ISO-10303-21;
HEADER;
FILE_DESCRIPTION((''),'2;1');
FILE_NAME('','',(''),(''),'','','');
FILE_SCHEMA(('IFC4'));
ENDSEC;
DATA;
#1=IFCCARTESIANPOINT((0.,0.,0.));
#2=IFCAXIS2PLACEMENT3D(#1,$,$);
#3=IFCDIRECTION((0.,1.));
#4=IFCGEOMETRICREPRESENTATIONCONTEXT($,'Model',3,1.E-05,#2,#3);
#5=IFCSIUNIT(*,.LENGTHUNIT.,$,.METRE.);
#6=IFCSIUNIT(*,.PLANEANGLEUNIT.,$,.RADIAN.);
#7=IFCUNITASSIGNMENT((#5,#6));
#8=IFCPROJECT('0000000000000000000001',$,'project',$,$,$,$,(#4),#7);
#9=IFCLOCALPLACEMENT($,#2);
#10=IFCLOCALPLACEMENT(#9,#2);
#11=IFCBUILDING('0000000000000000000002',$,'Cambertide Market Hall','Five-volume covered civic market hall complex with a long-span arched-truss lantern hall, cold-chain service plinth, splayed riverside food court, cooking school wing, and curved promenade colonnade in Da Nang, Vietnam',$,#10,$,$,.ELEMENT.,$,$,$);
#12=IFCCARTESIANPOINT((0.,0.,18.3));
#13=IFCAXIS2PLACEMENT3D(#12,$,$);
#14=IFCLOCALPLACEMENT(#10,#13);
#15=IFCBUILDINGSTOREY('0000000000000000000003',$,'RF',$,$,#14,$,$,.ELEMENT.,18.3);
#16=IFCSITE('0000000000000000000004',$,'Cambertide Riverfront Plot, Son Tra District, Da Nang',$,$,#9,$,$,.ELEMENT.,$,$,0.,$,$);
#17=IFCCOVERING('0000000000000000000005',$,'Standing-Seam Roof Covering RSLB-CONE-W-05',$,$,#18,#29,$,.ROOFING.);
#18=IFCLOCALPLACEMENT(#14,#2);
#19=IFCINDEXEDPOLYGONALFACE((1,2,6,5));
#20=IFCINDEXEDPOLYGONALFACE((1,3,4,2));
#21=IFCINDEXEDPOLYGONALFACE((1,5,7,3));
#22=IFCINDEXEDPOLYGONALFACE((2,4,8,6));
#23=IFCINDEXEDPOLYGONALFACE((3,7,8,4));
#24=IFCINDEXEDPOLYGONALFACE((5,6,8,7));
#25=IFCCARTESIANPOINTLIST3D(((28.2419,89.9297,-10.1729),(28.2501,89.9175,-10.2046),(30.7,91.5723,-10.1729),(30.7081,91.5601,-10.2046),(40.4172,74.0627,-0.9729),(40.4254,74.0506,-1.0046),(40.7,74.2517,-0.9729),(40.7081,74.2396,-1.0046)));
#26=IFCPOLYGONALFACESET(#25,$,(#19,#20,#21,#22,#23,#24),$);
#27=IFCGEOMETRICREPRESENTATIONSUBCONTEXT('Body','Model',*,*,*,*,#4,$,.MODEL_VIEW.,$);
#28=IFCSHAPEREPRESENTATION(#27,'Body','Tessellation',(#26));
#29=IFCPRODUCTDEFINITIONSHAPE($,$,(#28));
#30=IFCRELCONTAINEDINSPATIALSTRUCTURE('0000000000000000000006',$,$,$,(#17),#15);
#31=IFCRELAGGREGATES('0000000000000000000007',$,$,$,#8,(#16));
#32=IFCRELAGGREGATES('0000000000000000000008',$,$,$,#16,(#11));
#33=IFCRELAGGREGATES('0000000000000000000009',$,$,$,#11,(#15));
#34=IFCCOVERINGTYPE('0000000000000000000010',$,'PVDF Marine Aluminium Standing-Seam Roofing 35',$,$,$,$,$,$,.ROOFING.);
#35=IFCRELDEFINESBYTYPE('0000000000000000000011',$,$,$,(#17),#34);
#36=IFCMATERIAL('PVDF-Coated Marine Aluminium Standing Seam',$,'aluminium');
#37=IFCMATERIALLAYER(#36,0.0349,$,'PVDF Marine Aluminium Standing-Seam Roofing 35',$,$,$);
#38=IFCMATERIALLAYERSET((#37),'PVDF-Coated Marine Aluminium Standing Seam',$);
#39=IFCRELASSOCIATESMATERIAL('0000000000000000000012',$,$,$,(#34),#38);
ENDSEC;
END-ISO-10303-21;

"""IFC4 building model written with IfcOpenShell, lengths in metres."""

from ifc_helpers import new_model, si_unit, direction, frame, origin, place, context, subcontext, project, spatial, polyline, outline, extrude, material, layer, layer_set, type_object, element, save


model = new_model("IFC4")

# Units and contexts
model_context = context("Model", 3, precision=1e-05, world=origin(), true_north=direction((0.0, 1.0)))
body_context = subcontext(model_context, "Body", "Model", "MODEL_VIEW")
ifc_project = project(units=[si_unit("LENGTHUNIT", "METRE"), si_unit("PLANEANGLEUNIT", "RADIAN")], contexts=[model_context])

# Site, building, storey
site_placement = place(None, origin())
site = spatial("IfcSite", under=ifc_project, at=site_placement, Name="Cambertide Riverfront Plot, Son Tra District, Da Nang", CompositionType="ELEMENT", RefElevation=0.0)
building_placement = place(site_placement, origin())
building = spatial("IfcBuilding", under=site, at=building_placement, Name="Cambertide Market Hall", Description="Five-volume covered civic market hall complex with a long-span arched-truss lantern hall, cold-chain service plinth, splayed riverside food court, cooking school wing, and curved promenade colonnade in Da Nang, Vietnam", CompositionType="ELEMENT")
storey_placement = place(building_placement, frame((0.0, 0.0, 18.3)))
storey = spatial("IfcBuildingStorey", under=building, at=storey_placement, Name="RF", CompositionType="ELEMENT", Elevation=18.3)

# Covering
ifc_material_1 = material(Name="PVDF-Coated Marine Aluminium Standing Seam", Category="aluminium")
ifc_layer_1 = layer(ifc_material_1, 0.0349, Name="PVDF Marine Aluminium Standing-Seam Roofing 35")
ifc_layer_set_1 = layer_set([ifc_layer_1], Name="PVDF-Coated Marine Aluminium Standing Seam")
covering_type = type_object("IfcCoveringType", Name="PVDF Marine Aluminium Standing-Seam Roofing 35", PredefinedType="ROOFING", material=ifc_layer_set_1)
covering_1_placement = place(storey_placement, frame((30.7, 91.5723, -10.1729), z_axis=(-0.232608, 0.348075, 0.908151), x_axis=(-0.831439, -0.555616, -0.000004)))
element("IfcCovering", 1, at=covering_1_placement, inside=storey, type_object=covering_type, Name="Standing-Seam Roof Covering RSLB-CONE-W-05", PredefinedType="ROOFING", context=body_context, shape_type="SweptSolid", body=[
    extrude(outline(polyline([(0.0, 0.0), (2.9563, 0.0), (1.6492, 21.9756), (1.3092, 21.9756), (0.0, 0.0)])), origin(), (0.0, 0.0, -1.0), 0.0349),
])

save(model, "model.ifc")
